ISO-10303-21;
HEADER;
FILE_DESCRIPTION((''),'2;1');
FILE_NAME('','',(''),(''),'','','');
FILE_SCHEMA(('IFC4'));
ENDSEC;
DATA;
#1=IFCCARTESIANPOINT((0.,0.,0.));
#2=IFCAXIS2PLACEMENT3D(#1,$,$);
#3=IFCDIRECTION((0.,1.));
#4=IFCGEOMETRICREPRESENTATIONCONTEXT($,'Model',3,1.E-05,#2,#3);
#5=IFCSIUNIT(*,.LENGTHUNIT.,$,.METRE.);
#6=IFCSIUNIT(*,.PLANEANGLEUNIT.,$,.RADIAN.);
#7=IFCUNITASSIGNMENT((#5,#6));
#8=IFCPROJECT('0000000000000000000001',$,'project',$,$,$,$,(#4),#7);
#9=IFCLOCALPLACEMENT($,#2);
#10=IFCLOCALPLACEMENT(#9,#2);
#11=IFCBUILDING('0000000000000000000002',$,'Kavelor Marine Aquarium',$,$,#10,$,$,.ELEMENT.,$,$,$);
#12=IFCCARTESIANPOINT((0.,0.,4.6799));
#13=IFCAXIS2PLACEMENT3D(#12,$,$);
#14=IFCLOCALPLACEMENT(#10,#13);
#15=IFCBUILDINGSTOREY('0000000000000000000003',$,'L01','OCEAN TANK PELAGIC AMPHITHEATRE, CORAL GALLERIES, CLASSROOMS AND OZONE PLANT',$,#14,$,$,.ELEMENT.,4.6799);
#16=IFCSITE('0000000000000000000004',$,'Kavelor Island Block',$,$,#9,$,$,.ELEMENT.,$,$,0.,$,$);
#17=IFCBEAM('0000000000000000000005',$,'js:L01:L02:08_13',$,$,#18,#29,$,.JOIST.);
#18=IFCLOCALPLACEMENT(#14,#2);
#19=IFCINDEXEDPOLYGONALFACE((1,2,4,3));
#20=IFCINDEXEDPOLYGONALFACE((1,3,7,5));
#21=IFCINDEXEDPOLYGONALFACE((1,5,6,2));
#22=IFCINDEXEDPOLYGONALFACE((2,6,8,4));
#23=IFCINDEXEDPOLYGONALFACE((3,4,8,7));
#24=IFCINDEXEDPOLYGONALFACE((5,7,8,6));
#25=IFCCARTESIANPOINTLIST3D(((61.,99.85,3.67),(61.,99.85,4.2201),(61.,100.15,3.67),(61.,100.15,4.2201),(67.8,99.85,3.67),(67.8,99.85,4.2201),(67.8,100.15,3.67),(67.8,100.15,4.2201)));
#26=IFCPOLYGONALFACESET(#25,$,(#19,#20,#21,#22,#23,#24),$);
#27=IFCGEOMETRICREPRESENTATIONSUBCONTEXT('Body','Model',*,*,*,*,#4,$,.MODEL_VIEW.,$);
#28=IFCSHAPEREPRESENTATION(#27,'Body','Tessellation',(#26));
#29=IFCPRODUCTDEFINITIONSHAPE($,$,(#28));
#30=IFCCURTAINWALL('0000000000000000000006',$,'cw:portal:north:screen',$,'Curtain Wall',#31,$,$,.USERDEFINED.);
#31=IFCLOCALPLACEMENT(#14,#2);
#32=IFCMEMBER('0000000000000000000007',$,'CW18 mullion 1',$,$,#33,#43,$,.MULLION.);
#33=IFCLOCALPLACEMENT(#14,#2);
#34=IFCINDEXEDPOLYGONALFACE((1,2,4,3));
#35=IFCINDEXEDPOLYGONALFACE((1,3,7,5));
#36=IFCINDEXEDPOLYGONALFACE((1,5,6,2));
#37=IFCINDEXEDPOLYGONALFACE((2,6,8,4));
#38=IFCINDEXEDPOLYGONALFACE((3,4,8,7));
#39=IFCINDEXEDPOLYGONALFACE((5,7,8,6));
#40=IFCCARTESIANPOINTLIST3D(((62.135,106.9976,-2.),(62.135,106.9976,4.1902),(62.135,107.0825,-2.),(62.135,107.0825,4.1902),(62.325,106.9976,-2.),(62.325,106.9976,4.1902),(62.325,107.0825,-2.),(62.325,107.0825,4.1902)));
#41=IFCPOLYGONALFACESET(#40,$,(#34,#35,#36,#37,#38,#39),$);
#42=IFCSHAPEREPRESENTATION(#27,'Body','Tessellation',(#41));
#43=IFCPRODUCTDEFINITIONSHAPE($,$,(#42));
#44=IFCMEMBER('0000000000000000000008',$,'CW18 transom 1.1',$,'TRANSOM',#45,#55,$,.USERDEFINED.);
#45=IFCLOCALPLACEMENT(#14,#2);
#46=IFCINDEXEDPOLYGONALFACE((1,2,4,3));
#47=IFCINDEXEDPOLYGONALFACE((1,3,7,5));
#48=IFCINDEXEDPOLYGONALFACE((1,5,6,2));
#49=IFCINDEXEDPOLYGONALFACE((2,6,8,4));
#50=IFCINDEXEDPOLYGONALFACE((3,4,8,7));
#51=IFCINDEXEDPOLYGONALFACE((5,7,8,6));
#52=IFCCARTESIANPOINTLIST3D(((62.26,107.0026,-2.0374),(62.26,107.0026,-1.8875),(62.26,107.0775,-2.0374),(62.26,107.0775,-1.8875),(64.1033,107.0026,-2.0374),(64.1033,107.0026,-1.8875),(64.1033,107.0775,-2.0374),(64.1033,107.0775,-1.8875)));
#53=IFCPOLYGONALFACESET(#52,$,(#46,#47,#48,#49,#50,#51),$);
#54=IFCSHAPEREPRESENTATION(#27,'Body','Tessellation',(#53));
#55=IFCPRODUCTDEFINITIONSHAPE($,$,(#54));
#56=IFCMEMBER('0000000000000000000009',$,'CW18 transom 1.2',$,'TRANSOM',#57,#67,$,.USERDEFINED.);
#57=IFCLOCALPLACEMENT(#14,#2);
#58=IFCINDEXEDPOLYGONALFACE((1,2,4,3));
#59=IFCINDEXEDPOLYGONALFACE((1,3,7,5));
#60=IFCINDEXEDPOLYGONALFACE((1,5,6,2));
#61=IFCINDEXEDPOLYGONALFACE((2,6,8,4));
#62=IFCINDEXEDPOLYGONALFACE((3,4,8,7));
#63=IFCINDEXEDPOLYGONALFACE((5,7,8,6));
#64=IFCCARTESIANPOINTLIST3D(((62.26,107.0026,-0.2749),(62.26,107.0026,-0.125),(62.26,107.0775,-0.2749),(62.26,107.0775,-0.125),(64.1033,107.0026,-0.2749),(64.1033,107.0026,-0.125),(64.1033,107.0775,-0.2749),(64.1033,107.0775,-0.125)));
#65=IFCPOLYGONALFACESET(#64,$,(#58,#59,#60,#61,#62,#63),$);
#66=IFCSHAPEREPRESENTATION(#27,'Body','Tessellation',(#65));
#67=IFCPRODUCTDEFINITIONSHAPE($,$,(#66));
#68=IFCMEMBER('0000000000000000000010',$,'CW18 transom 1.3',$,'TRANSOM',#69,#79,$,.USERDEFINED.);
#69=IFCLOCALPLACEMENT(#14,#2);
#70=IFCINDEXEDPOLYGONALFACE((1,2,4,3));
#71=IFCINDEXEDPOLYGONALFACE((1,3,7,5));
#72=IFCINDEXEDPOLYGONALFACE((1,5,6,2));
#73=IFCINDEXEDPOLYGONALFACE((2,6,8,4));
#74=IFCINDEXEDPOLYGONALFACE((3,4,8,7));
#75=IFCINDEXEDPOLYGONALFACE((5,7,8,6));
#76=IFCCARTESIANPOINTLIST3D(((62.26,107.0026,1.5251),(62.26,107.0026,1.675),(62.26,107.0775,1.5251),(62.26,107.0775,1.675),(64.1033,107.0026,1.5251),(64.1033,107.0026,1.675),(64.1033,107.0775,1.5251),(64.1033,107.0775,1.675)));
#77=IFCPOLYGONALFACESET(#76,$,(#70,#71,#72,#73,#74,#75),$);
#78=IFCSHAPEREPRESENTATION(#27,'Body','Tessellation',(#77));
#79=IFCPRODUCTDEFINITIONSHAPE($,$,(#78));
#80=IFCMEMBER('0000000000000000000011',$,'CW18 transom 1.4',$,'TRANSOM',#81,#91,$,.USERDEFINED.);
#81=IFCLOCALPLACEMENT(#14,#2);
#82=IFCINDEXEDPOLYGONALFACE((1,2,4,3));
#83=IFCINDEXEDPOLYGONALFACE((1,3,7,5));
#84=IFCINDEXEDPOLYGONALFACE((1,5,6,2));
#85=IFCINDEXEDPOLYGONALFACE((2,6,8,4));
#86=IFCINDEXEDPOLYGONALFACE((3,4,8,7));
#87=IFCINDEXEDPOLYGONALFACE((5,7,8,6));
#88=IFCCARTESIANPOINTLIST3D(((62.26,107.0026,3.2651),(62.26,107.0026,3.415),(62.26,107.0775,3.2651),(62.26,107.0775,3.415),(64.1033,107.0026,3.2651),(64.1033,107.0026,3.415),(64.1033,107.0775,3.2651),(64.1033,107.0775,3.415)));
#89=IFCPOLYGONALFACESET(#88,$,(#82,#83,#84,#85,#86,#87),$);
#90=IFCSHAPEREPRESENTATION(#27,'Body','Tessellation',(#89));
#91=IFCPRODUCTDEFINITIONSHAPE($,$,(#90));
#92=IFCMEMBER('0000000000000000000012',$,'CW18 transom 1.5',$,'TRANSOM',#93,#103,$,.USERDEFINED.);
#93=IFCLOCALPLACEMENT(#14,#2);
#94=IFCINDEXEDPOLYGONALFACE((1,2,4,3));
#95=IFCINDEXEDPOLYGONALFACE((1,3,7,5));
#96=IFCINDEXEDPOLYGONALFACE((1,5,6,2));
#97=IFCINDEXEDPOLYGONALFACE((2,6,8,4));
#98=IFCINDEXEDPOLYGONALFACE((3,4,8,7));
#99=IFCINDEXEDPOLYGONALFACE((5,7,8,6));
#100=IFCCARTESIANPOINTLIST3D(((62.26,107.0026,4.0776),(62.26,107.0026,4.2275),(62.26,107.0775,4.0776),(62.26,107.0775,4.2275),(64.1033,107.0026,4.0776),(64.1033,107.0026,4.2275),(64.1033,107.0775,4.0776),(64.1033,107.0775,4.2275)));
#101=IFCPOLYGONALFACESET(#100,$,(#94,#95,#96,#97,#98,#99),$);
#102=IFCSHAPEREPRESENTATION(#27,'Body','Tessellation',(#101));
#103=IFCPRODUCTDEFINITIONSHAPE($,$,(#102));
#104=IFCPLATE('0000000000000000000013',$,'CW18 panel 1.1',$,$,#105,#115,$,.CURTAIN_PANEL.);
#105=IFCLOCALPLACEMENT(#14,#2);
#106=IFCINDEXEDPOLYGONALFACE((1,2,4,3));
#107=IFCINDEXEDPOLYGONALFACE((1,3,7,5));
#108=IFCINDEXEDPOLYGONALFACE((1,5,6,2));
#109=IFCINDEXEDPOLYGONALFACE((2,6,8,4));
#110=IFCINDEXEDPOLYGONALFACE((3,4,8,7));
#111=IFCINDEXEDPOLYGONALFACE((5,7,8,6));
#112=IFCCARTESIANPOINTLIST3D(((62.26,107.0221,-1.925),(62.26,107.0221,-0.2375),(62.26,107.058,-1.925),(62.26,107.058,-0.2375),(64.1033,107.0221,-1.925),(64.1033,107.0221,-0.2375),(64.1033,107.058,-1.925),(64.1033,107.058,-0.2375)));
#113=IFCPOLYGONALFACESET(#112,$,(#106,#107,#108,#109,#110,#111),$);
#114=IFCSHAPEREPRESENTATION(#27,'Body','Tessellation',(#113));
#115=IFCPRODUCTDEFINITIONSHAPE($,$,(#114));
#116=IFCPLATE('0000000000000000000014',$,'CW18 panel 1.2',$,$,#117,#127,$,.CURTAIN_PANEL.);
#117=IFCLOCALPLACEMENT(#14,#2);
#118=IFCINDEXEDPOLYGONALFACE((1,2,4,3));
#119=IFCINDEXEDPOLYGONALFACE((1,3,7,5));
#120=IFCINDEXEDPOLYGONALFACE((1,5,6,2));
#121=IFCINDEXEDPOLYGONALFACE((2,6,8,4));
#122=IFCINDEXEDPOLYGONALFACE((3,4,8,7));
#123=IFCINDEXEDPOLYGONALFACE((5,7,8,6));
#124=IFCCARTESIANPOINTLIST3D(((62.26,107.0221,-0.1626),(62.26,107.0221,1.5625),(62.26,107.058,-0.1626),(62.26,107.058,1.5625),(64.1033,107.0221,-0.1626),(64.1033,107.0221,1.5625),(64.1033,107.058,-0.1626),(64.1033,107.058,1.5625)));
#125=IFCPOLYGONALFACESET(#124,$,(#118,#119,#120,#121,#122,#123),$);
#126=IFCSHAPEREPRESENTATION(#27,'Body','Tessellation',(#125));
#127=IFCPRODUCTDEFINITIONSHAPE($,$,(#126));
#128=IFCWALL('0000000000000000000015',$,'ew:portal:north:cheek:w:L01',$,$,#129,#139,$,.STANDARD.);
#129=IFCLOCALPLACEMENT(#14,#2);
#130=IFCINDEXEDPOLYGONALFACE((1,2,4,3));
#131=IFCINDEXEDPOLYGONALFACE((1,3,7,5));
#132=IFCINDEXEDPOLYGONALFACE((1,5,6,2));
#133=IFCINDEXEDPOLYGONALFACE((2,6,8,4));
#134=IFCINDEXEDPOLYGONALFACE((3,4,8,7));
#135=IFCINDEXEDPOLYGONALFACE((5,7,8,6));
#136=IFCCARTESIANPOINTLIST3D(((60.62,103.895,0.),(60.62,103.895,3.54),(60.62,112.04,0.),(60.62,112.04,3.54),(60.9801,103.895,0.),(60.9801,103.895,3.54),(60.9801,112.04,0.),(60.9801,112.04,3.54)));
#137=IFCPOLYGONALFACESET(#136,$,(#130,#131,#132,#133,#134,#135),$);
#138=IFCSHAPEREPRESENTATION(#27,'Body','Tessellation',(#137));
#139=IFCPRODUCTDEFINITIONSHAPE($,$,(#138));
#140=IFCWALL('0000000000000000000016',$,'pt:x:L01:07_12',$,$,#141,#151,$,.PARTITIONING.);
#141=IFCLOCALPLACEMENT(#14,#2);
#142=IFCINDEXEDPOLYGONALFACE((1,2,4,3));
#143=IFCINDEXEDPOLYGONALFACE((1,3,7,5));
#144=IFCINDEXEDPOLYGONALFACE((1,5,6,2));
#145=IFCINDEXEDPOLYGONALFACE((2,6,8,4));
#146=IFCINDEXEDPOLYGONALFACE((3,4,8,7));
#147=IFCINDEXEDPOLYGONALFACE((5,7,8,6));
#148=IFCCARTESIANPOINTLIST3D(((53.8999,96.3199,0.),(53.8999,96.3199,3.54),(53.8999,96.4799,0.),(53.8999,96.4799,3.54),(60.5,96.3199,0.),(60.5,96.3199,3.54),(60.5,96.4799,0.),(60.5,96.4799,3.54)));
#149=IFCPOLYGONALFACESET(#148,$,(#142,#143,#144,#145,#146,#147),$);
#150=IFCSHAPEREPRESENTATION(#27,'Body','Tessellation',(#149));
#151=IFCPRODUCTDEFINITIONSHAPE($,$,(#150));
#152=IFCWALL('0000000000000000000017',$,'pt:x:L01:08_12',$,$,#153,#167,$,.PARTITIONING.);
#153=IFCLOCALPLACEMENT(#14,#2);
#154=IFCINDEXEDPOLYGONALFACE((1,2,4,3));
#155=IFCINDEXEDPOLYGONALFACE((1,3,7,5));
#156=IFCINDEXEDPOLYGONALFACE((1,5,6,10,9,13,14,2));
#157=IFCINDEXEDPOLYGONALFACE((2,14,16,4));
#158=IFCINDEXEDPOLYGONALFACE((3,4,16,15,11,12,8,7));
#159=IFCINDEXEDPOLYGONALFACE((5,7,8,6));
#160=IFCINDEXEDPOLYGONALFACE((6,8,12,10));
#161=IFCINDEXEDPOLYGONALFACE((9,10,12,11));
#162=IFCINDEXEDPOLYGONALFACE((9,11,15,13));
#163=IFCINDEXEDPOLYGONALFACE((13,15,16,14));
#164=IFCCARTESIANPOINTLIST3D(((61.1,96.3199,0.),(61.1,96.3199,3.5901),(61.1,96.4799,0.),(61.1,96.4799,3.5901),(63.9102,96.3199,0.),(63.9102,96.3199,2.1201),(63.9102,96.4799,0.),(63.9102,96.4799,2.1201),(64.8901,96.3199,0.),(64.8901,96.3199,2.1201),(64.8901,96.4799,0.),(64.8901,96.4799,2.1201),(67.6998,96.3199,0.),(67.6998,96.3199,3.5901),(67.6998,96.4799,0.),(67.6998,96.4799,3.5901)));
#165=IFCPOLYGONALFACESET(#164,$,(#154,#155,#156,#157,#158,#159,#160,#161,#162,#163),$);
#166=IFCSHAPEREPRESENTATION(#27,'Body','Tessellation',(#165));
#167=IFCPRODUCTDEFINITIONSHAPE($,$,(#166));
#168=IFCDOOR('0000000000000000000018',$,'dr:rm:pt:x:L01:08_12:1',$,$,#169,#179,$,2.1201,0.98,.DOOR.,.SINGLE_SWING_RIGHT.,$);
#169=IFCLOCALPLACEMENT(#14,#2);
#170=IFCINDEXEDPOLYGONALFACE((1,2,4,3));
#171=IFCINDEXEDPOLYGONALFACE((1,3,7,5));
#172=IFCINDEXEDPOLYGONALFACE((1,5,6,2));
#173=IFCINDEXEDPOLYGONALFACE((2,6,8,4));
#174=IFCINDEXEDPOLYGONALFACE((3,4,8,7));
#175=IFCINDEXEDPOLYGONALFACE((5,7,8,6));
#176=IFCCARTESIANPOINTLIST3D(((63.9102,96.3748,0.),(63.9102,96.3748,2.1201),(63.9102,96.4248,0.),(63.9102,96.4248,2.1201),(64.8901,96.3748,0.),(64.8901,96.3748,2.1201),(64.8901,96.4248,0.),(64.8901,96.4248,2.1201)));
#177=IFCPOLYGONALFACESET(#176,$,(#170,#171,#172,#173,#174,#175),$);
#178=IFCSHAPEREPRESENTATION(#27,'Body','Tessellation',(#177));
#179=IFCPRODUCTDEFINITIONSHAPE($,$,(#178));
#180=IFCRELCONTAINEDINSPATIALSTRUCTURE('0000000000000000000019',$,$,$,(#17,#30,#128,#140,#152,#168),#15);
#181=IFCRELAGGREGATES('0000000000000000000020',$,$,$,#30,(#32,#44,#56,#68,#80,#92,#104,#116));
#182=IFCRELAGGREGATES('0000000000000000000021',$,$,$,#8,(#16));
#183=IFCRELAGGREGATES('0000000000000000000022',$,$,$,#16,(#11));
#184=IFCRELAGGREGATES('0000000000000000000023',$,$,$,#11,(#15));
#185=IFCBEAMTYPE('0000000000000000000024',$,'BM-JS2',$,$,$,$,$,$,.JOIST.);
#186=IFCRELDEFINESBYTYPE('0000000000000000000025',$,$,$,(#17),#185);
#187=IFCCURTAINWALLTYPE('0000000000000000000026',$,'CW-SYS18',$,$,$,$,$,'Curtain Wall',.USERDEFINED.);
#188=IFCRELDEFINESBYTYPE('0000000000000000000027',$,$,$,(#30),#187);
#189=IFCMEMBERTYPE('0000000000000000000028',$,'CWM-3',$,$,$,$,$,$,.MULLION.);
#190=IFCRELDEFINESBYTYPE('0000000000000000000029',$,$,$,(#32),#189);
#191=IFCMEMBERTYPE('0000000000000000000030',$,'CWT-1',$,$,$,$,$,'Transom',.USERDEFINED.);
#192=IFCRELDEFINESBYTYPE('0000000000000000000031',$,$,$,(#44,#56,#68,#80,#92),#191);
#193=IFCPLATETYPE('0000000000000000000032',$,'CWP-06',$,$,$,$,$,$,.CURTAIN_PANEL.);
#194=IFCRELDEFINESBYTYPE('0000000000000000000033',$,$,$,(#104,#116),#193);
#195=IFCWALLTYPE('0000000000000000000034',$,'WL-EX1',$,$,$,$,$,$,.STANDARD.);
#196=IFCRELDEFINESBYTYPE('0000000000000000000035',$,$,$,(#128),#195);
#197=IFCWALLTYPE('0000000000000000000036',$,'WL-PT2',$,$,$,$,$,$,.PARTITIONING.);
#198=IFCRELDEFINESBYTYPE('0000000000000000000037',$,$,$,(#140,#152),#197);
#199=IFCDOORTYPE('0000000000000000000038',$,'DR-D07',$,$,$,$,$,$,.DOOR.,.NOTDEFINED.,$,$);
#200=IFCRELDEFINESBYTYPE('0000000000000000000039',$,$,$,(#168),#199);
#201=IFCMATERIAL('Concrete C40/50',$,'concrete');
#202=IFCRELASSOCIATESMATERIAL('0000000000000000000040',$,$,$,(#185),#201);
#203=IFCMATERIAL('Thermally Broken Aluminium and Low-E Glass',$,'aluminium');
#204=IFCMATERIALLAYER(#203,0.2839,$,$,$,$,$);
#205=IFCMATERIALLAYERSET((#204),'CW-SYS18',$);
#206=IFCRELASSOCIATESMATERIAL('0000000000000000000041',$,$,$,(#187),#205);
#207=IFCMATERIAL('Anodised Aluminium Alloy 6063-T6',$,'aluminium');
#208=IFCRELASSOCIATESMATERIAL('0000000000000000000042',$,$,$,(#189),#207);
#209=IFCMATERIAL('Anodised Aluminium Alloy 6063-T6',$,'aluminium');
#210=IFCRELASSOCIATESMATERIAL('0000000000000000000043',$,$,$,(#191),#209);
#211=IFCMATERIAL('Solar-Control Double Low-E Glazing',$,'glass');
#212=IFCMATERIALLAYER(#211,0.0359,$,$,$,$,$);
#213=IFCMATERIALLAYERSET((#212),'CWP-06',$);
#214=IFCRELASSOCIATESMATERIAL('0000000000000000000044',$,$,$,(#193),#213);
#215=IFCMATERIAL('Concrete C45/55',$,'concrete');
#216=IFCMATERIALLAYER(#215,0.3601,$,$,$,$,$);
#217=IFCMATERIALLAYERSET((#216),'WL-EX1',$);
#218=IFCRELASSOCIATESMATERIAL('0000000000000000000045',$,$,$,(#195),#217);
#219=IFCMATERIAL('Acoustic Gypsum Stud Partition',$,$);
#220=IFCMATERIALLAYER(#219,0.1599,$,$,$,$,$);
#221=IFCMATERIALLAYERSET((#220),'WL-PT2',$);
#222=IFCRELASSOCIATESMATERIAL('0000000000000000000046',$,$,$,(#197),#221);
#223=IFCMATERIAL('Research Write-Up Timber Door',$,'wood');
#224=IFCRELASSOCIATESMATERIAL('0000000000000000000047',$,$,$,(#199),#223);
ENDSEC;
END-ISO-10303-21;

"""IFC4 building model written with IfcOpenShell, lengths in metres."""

from ifc_helpers import new_model, si_unit, direction, frame, frame_2d, origin, origin_2d, place, context, subcontext, project, spatial, rectangle, extrude, material, layer, layer_set, material_profile, profile_set, type_object, element, fill, aggregate, save


model = new_model("IFC4")

# Units and contexts
model_context = context("Model", 3, precision=1e-05, world=origin(), true_north=direction((0.0, 1.0)))
body_context = subcontext(model_context, "Body", "Model", "MODEL_VIEW")
ifc_project = project(units=[si_unit("LENGTHUNIT", "METRE"), si_unit("PLANEANGLEUNIT", "RADIAN")], contexts=[model_context])

# Site, building, storey
site_placement = place(None, origin())
site = spatial("IfcSite", under=ifc_project, at=site_placement, Name="Kavelor Island Block", CompositionType="ELEMENT", RefElevation=0.0)
building_placement = place(site_placement, origin())
building = spatial("IfcBuilding", under=site, at=building_placement, Name="Kavelor Marine Aquarium", CompositionType="ELEMENT")
storey_placement = place(building_placement, frame((0.0, 0.0, 4.6799)))
storey = spatial("IfcBuildingStorey", under=building, at=storey_placement, Name="L01", Description="OCEAN TANK PELAGIC AMPHITHEATRE, CORAL GALLERIES, CLASSROOMS AND OZONE PLANT", CompositionType="ELEMENT", Elevation=4.6799)

# Beam
ifc_material_1 = material(Name="Concrete C40/50", Category="concrete")
ifc_material_profile_1 = material_profile(ifc_material_1, rectangle(XDim=0.3, YDim=0.55, at=origin_2d()), Name="RC-JS 300x550")
ifc_profile_set_1 = profile_set([ifc_material_profile_1], Name="Concrete C40/50")
beam_type_1 = type_object("IfcBeamType", Name="BM-JS2", PredefinedType="JOIST", material=ifc_profile_set_1)
beam_1_placement = place(storey_placement, frame((61.0, 100.0, 3.9451), z_axis=(1.0, 0.0, 0.0), x_axis=(0.0, 1.0, 0.0)))
element("IfcBeam", 1, at=beam_1_placement, inside=storey, type_object=beam_type_1, Name="js:L01:L02:08_13", PredefinedType="JOIST", context=body_context, shape_type="SweptSolid", body=[
    extrude(rectangle(XDim=0.3, YDim=0.55, at=origin_2d()), origin(), (0.0, 0.0, 1.0), 6.8),
])

# Curtain wall, members, plates
ifc_material_2 = material(Name="Thermally Broken Aluminium and Low-E Glass", Category="aluminium")
ifc_layer_1 = layer(ifc_material_2, 0.2839)
ifc_layer_set_1 = layer_set([ifc_layer_1], Name="CW-SYS18")
curtain_wall_type = type_object("IfcCurtainWallType", Name="CW-SYS18", ElementType="Curtain Wall", PredefinedType="USERDEFINED", material=ifc_layer_set_1)
curtain_wall_placement = place(storey_placement, origin())
curtain_wall = element("IfcCurtainWall", 2, at=curtain_wall_placement, inside=storey, type_object=curtain_wall_type, Name="cw:portal:north:screen", ObjectType="Curtain Wall", PredefinedType="USERDEFINED")
ifc_material_3 = material(Name="Anodised Aluminium Alloy 6063-T6", Category="aluminium")
ifc_material_profile_2 = material_profile(ifc_material_3, rectangle(XDim=0.085, YDim=0.1899, at=origin_2d()), Name="CW-MUL 85x190")
ifc_profile_set_2 = profile_set([ifc_material_profile_2], Name="Anodised Aluminium Alloy 6063-T6")
member_type_1 = type_object("IfcMemberType", Name="CWM-3", PredefinedType="MULLION", material=ifc_profile_set_2)
member_1_placement = place(storey_placement, frame((62.23, 107.04, -2.0), z_axis=(0.0, 0.0, 1.0), x_axis=(0.0, 1.0, 0.0)))
member_1 = element("IfcMember", 3, at=member_1_placement, type_object=member_type_1, Name="CW18 mullion 1", PredefinedType="MULLION", context=body_context, shape_type="SweptSolid", body=[
    extrude(rectangle(XDim=0.085, YDim=0.1899, at=origin_2d()), origin(), (0.0, 0.0, 1.0), 6.1902),
])
ifc_material_4 = material(Name="Anodised Aluminium Alloy 6063-T6", Category="aluminium")
ifc_material_profile_3 = material_profile(ifc_material_4, rectangle(XDim=0.075, YDim=0.1499, at=origin_2d()), Name="CW-TRN 75x150")
ifc_profile_set_3 = profile_set([ifc_material_profile_3], Name="Anodised Aluminium Alloy 6063-T6")
member_type_2 = type_object("IfcMemberType", Name="CWT-1", ElementType="Transom", PredefinedType="USERDEFINED", material=ifc_profile_set_3)
member_2_placement = place(storey_placement, frame((62.26, 107.04, -1.9624), z_axis=(1.0, 0.0, 0.0), x_axis=(0.0, 1.0, 0.0)))
member_2 = element("IfcMember", 4, at=member_2_placement, type_object=member_type_2, Name="CW18 transom 1.1", ObjectType="TRANSOM", PredefinedType="USERDEFINED", context=body_context, shape_type="SweptSolid", body=[
    extrude(rectangle(XDim=0.075, YDim=0.1499, at=origin_2d()), origin(), (0.0, 0.0, 1.0), 1.8433),
])
member_3_placement = place(storey_placement, frame((62.26, 107.04, -0.2), z_axis=(1.0, 0.0, 0.0), x_axis=(0.0, 1.0, 0.0)))
member_3 = element("IfcMember", 5, at=member_3_placement, type_object=member_type_2, Name="CW18 transom 1.2", ObjectType="TRANSOM", PredefinedType="USERDEFINED", context=body_context, shape_type="SweptSolid", body=[
    extrude(rectangle(XDim=0.075, YDim=0.1499, at=origin_2d()), origin(), (0.0, 0.0, 1.0), 1.8433),
])
member_4_placement = place(storey_placement, frame((62.26, 107.04, 1.6001), z_axis=(1.0, 0.0, 0.0), x_axis=(0.0, 1.0, 0.0)))
member_4 = element("IfcMember", 6, at=member_4_placement, type_object=member_type_2, Name="CW18 transom 1.3", ObjectType="TRANSOM", PredefinedType="USERDEFINED", context=body_context, shape_type="SweptSolid", body=[
    extrude(rectangle(XDim=0.075, YDim=0.1499, at=origin_2d()), origin(), (0.0, 0.0, 1.0), 1.8433),
])
member_5_placement = place(storey_placement, frame((62.26, 107.04, 3.3401), z_axis=(1.0, 0.0, 0.0), x_axis=(0.0, 1.0, 0.0)))
member_5 = element("IfcMember", 7, at=member_5_placement, type_object=member_type_2, Name="CW18 transom 1.4", ObjectType="TRANSOM", PredefinedType="USERDEFINED", context=body_context, shape_type="SweptSolid", body=[
    extrude(rectangle(XDim=0.075, YDim=0.1499, at=origin_2d()), origin(), (0.0, 0.0, 1.0), 1.8433),
])
member_6_placement = place(storey_placement, frame((62.26, 107.04, 4.1526), z_axis=(1.0, 0.0, 0.0), x_axis=(0.0, 1.0, 0.0)))
member_6 = element("IfcMember", 8, at=member_6_placement, type_object=member_type_2, Name="CW18 transom 1.5", ObjectType="TRANSOM", PredefinedType="USERDEFINED", context=body_context, shape_type="SweptSolid", body=[
    extrude(rectangle(XDim=0.075, YDim=0.1499, at=origin_2d()), origin(), (0.0, 0.0, 1.0), 1.8433),
])
ifc_material_5 = material(Name="Solar-Control Double Low-E Glazing", Category="glass")
ifc_layer_2 = layer(ifc_material_5, 0.0359)
ifc_layer_set_2 = layer_set([ifc_layer_2], Name="CWP-06")
plate_type = type_object("IfcPlateType", Name="CWP-06", PredefinedType="CURTAIN_PANEL", material=ifc_layer_set_2)
plate_1_placement = place(storey_placement, frame((63.1816, 107.04, -1.925), z_axis=(0.0, 0.0, 1.0), x_axis=(1.0, 0.0, 0.0)))
plate_1 = element("IfcPlate", 9, at=plate_1_placement, type_object=plate_type, Name="CW18 panel 1.1", PredefinedType="CURTAIN_PANEL", context=body_context, shape_type="SweptSolid", body=[
    extrude(rectangle(XDim=1.8433, YDim=0.0359, at=origin_2d()), origin(), (0.0, 0.0, 1.0), 1.6875),
])
plate_2_placement = place(storey_placement, frame((63.1816, 107.04, -0.1626), z_axis=(0.0, 0.0, 1.0), x_axis=(1.0, 0.0, 0.0)))
plate_2 = element("IfcPlate", 10, at=plate_2_placement, type_object=plate_type, Name="CW18 panel 1.2", PredefinedType="CURTAIN_PANEL", context=body_context, shape_type="SweptSolid", body=[
    extrude(rectangle(XDim=1.8433, YDim=0.0359, at=origin_2d()), origin(), (0.0, 0.0, 1.0), 1.7251),
])
aggregate(curtain_wall, [member_1, member_2, member_3, member_4, member_5, member_6, plate_1, plate_2])

# Walls
ifc_material_6 = material(Name="Concrete C45/55", Category="concrete")
ifc_layer_3 = layer(ifc_material_6, 0.3601)
ifc_layer_set_3 = layer_set([ifc_layer_3], Name="WL-EX1")
wall_type_1 = type_object("IfcWallType", Name="WL-EX1", PredefinedType="STANDARD", material=ifc_layer_set_3)
wall_1_placement = place(storey_placement, frame((60.8, 103.895, 0.0), z_axis=(0.0, 0.0, 1.0), x_axis=(0.0, 1.0, 0.0)))
element("IfcWall", 11, at=wall_1_placement, inside=storey, type_object=wall_type_1, Name="ew:portal:north:cheek:w:L01", PredefinedType="STANDARD", context=body_context, shape_type="SweptSolid", body=[
    extrude(rectangle(XDim=8.145, YDim=0.3601, at=frame_2d((4.0725, 0.0))), origin(), (0.0, 0.0, 1.0), 3.54),
])
ifc_material_7 = material(Name="Acoustic Gypsum Stud Partition")
ifc_layer_4 = layer(ifc_material_7, 0.1599)
ifc_layer_set_4 = layer_set([ifc_layer_4], Name="WL-PT2")
wall_type_2 = type_object("IfcWallType", Name="WL-PT2", PredefinedType="PARTITIONING", material=ifc_layer_set_4)
wall_2_placement = place(storey_placement, frame((53.8999, 96.3999, 0.0), z_axis=(0.0, 0.0, 1.0), x_axis=(1.0, 0.0, 0.0)))
element("IfcWall", 12, at=wall_2_placement, inside=storey, type_object=wall_type_2, Name="pt:x:L01:07_12", PredefinedType="PARTITIONING", context=body_context, shape_type="SweptSolid", body=[
    extrude(rectangle(XDim=6.6001, YDim=0.1599, at=frame_2d((3.3, 0.0))), origin(), (0.0, 0.0, 1.0), 3.54),
])

# Wall, opening, door
wall_3_placement = place(storey_placement, frame((61.1001, 96.3999, 0.0), z_axis=(0.0, 0.0, 1.0), x_axis=(1.0, 0.0, 0.0)))
wall_3 = element("IfcWall", 13, at=wall_3_placement, inside=storey, type_object=wall_type_2, Name="pt:x:L01:08_12", PredefinedType="PARTITIONING", context=body_context, shape_type="SweptSolid", body=[
    extrude(rectangle(XDim=6.5999, YDim=0.1599, at=frame_2d((3.2998, 0.0))), origin(), (0.0, 0.0, 1.0), 3.5901),
])
opening_1_placement = place(wall_3_placement, frame((2.8101, 0.0, 0.0)))
opening_1 = element("IfcOpeningElement", 14, at=opening_1_placement, cuts=wall_3, PredefinedType="OPENING", context=body_context, shape_type="SweptSolid", body=[
    extrude(rectangle(XDim=0.98, YDim=2.1201, at=frame_2d((0.49, 1.0601))), frame((0.0, 0.0898, 0.0), z_axis=(0.0, -1.0, 0.0), x_axis=(1.0, 0.0, 0.0)), (0.0, 0.0, 1.0), 0.1799),
])
ifc_material_8 = material(Name="Research Write-Up Timber Door", Category="wood")
door_type_1 = type_object("IfcDoorType", Name="DR-D07", OperationType="NOTDEFINED", PredefinedType="DOOR", material=ifc_material_8)
door_1_placement = place(opening_1_placement, origin())
door_1 = element("IfcDoor", 15, at=door_1_placement, inside=storey, type_object=door_type_1, Name="dr:rm:pt:x:L01:08_12:1", OperationType="SINGLE_SWING_RIGHT", OverallHeight=2.1201, OverallWidth=0.98, PredefinedType="DOOR", context=body_context, shape_type="SweptSolid", body=[
    extrude(rectangle(XDim=0.98, YDim=2.1201, at=frame_2d((0.49, 1.0601))), frame((0.0, 0.0249, 0.0), z_axis=(0.0, -1.0, 0.0), x_axis=(1.0, 0.0, 0.0)), (0.0, 0.0, 1.0), 0.05),
])
fill(opening_1, door_1)

save(model, "model.ifc")
